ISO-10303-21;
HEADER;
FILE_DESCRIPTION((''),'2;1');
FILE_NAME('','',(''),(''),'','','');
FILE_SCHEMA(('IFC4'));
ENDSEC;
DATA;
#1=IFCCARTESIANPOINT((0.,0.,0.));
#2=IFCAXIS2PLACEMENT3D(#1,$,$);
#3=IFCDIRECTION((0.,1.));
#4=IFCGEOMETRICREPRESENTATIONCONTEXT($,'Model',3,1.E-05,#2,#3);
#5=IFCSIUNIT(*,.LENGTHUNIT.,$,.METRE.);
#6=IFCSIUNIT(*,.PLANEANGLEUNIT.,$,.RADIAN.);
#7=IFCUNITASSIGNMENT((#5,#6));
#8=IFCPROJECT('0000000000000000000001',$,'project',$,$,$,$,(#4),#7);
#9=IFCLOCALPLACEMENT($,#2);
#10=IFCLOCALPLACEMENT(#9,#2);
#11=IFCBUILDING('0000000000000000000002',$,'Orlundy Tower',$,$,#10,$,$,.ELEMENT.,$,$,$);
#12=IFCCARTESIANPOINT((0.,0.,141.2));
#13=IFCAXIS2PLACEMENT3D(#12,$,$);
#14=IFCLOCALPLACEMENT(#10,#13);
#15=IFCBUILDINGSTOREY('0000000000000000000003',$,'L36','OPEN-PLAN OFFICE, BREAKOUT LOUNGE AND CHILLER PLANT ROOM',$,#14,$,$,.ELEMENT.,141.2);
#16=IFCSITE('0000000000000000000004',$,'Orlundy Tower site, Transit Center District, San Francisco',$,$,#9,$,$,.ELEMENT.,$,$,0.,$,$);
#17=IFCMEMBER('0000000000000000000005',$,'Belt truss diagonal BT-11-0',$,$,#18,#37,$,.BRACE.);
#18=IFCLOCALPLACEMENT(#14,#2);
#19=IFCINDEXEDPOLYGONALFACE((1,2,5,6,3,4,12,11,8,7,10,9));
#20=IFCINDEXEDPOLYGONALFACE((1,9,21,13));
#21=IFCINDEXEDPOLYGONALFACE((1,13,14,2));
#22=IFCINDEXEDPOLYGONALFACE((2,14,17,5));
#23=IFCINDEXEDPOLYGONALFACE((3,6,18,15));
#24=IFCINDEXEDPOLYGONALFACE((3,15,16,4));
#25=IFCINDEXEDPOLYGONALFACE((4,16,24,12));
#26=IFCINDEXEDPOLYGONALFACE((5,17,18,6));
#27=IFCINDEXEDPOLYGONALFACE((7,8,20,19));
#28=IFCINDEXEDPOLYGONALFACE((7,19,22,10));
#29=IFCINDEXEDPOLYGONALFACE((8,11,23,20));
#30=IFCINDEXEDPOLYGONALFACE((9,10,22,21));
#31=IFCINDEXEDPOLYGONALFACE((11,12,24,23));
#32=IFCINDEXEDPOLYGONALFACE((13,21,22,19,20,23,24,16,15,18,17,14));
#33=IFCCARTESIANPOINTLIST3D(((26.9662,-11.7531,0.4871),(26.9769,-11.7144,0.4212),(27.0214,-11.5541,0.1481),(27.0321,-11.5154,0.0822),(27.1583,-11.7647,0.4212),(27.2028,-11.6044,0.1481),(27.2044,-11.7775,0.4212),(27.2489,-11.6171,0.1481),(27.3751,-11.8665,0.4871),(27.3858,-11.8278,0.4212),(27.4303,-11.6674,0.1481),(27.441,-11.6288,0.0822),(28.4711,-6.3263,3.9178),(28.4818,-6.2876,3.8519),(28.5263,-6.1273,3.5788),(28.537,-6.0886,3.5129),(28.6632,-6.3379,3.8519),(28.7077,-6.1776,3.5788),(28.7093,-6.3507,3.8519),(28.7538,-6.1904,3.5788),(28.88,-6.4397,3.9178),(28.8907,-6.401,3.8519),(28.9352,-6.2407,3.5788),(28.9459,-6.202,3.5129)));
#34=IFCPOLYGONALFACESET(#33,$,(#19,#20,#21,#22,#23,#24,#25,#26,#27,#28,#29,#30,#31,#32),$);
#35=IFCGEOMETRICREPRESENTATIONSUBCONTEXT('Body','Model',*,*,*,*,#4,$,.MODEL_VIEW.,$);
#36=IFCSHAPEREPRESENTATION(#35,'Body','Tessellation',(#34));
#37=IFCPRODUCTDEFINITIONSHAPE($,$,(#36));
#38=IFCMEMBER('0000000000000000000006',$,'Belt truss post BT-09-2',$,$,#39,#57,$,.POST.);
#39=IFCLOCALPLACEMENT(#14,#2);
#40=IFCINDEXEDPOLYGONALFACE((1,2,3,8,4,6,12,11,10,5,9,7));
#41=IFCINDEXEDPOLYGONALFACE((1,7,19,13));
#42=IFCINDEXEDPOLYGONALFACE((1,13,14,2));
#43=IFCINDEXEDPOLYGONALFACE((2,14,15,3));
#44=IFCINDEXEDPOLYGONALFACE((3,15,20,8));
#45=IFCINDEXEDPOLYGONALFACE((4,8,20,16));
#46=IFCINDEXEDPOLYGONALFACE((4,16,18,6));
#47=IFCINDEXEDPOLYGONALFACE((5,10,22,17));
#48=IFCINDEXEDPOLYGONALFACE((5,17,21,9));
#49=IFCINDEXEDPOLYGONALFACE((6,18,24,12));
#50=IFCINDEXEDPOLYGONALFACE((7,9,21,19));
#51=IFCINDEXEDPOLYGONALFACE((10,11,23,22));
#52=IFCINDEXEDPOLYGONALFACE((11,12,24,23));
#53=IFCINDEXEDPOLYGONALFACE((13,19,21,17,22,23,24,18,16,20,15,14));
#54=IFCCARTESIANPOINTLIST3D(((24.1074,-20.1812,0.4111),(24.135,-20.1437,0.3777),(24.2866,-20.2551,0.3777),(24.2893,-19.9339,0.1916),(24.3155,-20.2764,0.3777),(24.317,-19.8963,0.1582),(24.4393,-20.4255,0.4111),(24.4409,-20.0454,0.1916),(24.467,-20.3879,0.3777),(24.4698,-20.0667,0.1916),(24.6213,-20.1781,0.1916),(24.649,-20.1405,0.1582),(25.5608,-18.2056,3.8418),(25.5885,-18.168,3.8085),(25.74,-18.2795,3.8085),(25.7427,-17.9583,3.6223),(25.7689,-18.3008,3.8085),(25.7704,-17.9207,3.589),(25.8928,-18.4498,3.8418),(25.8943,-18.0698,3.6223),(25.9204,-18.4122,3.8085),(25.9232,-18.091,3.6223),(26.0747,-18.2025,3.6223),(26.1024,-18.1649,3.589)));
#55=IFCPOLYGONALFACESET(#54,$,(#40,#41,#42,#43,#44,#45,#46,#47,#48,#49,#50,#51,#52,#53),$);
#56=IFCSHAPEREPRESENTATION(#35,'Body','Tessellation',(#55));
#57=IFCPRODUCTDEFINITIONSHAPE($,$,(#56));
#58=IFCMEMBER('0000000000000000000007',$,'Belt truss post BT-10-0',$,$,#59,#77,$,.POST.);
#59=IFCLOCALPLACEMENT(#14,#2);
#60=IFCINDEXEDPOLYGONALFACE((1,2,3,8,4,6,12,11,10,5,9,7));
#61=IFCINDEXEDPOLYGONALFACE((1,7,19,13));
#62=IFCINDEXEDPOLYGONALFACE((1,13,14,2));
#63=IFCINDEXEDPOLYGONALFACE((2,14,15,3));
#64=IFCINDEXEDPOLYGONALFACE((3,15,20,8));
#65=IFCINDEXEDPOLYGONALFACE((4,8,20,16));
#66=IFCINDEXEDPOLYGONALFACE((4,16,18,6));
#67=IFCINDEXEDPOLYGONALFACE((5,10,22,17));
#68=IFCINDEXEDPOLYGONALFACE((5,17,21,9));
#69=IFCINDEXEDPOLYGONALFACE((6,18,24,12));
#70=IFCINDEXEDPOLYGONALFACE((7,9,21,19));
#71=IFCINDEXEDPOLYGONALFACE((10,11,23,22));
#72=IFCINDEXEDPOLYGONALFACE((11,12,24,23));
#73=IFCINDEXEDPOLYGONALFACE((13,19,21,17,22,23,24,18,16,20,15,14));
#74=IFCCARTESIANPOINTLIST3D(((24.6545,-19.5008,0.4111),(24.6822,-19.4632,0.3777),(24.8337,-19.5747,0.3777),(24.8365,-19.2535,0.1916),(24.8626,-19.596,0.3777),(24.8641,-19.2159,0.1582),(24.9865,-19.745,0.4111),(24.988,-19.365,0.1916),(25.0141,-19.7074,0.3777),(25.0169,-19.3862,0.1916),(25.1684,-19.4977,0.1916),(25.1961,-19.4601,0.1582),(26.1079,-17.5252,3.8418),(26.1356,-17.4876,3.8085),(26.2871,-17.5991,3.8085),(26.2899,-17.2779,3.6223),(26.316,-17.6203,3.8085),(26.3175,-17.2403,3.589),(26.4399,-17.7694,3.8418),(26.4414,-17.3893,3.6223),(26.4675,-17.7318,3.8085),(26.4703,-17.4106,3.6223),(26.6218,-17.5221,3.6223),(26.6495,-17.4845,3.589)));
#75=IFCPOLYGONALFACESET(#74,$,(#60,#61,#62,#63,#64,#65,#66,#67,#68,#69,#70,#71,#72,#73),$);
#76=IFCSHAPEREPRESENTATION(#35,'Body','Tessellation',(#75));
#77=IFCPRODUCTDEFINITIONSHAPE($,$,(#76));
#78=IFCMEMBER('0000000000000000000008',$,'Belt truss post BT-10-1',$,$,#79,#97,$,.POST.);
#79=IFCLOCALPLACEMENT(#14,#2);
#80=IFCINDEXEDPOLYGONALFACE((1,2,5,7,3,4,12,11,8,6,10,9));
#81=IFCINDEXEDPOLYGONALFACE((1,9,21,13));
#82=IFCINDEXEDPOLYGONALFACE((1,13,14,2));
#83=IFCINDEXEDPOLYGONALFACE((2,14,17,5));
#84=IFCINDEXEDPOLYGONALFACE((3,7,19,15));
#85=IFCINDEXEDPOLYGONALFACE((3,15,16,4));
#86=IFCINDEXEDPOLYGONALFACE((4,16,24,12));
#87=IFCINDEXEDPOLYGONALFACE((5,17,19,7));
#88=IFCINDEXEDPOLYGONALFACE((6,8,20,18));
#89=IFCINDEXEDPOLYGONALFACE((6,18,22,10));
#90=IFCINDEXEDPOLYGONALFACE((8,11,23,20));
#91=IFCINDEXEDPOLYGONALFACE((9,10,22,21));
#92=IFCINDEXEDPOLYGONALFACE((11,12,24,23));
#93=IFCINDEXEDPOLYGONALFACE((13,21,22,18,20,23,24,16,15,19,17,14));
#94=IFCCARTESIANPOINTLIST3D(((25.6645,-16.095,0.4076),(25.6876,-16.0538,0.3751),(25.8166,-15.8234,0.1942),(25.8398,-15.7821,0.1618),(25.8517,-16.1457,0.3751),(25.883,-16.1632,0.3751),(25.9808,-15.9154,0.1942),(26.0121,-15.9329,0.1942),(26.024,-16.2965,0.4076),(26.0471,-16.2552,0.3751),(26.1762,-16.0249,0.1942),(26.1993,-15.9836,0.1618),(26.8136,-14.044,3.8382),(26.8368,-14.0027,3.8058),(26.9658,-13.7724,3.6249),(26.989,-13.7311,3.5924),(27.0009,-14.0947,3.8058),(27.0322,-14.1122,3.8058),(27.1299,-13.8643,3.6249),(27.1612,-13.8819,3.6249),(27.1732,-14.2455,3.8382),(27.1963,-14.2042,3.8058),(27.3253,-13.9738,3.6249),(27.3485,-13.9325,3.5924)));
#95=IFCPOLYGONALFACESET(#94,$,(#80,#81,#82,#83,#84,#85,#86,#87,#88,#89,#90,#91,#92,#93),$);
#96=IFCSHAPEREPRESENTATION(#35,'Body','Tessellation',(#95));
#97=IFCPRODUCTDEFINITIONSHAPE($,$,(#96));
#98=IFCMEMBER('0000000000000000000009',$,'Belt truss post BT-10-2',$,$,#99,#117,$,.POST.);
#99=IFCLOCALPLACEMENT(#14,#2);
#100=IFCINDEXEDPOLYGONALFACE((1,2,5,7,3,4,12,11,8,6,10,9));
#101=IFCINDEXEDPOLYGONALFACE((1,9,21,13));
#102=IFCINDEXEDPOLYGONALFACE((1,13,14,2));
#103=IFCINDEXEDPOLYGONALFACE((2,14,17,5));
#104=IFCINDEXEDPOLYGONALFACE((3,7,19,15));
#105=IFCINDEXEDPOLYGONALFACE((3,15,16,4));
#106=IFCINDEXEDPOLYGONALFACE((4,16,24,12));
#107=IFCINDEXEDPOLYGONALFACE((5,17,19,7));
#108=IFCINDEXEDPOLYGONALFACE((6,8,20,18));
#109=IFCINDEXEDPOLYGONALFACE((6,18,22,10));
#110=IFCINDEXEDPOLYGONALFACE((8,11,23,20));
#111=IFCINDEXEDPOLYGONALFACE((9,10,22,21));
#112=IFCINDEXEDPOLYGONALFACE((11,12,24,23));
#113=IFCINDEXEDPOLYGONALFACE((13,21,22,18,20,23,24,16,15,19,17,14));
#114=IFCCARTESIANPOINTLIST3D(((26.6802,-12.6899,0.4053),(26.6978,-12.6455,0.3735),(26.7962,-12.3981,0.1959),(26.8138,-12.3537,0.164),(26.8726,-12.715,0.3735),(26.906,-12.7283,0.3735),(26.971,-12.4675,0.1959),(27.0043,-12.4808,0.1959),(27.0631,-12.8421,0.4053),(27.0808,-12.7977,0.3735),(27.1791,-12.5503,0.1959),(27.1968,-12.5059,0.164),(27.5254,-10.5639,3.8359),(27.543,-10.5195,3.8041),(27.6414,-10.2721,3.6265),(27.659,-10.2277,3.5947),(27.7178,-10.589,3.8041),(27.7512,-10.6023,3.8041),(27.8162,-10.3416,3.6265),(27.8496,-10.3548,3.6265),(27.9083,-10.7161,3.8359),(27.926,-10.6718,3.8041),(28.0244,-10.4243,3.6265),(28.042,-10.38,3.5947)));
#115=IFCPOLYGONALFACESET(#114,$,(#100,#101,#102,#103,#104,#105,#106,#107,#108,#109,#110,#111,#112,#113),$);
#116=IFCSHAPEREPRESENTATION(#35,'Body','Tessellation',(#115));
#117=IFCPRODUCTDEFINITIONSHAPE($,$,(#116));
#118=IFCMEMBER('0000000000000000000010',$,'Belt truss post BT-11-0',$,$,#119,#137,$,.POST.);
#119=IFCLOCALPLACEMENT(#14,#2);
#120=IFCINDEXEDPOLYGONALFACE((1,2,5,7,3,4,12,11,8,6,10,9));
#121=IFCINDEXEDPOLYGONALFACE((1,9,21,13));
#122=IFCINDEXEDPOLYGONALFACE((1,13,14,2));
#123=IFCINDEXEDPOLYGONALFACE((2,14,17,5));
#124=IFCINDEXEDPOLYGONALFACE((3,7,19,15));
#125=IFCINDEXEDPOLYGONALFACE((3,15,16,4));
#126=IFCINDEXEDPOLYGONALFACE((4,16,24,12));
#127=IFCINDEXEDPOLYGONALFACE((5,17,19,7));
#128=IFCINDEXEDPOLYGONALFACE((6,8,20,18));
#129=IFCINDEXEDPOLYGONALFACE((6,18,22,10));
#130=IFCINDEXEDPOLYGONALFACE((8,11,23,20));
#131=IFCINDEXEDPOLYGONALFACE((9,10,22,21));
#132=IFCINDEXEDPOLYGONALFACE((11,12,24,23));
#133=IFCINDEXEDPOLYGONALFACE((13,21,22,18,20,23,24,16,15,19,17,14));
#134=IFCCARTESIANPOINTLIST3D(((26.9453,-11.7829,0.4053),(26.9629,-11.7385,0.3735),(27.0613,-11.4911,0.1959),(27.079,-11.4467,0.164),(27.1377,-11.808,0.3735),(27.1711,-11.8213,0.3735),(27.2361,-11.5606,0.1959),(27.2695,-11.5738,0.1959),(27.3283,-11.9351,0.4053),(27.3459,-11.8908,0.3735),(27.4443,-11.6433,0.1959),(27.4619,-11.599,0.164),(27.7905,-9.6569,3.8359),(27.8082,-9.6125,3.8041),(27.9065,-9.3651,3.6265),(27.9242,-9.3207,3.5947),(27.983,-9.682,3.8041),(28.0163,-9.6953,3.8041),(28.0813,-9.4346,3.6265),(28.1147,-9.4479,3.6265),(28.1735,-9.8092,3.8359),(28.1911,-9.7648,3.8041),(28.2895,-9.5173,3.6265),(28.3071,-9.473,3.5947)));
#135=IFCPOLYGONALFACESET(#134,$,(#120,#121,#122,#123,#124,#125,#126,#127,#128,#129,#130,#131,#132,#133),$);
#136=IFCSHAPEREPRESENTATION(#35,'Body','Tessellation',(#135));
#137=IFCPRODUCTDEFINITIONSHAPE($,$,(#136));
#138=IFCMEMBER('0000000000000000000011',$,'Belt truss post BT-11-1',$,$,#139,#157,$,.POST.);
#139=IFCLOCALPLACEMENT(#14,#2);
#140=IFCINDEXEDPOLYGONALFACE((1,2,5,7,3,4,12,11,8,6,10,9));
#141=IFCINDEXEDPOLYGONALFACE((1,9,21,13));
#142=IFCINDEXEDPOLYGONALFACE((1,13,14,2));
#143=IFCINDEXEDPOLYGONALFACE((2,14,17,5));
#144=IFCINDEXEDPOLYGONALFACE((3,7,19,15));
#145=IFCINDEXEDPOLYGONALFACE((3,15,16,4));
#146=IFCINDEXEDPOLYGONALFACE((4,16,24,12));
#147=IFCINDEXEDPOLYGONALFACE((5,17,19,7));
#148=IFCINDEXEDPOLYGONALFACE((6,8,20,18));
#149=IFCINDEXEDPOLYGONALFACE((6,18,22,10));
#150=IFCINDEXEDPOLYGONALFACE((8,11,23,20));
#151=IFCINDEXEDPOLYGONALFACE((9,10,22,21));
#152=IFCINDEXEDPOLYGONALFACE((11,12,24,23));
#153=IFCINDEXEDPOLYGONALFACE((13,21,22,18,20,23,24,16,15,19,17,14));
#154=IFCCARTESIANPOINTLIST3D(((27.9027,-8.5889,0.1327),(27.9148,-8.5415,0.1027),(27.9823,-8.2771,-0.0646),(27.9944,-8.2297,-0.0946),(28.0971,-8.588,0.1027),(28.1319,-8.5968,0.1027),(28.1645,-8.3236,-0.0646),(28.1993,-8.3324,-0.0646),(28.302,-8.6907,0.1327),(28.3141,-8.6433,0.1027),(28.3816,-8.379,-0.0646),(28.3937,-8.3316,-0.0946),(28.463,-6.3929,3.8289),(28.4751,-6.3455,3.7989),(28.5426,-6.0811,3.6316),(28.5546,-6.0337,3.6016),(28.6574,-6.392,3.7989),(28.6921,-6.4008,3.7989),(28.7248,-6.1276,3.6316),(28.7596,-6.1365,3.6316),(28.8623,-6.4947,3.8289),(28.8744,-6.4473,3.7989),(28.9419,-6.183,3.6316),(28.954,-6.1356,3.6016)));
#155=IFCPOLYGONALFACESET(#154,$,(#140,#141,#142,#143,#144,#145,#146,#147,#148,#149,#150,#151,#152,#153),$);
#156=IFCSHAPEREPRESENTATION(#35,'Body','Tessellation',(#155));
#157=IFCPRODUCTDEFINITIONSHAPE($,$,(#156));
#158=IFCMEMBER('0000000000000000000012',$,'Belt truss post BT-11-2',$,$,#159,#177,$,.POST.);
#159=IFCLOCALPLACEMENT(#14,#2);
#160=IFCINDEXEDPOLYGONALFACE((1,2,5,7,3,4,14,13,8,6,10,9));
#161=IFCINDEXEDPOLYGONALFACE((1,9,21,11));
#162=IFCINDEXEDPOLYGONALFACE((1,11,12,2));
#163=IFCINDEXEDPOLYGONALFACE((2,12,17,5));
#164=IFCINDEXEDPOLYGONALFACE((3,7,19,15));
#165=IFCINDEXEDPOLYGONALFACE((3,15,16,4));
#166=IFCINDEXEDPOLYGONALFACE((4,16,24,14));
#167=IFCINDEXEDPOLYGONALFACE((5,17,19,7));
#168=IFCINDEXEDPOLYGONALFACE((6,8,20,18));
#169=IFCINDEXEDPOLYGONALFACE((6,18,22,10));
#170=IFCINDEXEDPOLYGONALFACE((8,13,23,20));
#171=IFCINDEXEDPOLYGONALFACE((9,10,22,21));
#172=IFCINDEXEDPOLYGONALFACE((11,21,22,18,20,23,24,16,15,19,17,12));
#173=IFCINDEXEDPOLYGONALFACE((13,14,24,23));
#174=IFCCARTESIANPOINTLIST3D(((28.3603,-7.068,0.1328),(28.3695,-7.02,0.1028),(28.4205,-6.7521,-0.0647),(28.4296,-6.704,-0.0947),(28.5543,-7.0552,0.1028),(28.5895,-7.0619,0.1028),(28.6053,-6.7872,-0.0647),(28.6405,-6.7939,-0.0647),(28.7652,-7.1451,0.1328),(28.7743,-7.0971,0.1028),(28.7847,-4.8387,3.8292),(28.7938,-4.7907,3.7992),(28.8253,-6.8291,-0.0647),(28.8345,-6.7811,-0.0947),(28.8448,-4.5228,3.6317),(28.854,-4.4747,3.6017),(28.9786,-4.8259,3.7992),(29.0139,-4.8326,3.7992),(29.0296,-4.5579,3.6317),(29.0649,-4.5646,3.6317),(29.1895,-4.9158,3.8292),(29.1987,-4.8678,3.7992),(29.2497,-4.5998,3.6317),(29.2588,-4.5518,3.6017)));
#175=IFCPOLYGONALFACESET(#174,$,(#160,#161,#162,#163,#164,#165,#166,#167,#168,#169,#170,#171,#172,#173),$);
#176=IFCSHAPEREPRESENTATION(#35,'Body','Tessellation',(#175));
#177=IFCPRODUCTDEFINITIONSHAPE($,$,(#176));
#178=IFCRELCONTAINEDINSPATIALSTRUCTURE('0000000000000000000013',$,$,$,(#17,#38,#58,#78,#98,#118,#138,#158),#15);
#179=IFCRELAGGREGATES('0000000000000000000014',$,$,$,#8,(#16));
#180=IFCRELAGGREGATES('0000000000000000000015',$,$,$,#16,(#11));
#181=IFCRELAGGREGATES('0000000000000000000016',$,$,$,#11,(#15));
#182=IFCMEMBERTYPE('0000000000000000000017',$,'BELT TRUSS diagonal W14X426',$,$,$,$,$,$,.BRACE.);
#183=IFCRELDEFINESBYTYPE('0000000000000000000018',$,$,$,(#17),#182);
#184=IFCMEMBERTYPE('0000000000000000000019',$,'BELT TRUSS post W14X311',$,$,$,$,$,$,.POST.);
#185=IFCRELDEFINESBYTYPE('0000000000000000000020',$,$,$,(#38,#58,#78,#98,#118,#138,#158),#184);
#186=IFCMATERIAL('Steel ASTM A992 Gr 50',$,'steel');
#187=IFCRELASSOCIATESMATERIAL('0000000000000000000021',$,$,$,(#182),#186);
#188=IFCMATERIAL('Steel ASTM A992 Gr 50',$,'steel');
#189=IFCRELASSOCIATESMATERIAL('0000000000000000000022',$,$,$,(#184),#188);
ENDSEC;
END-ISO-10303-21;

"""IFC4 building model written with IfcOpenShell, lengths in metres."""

from ifc_helpers import new_model, si_unit, direction, frame, origin, origin_2d, place, context, subcontext, project, spatial, i_section, extrude, material, material_profile, profile_set, type_object, element, save


model = new_model("IFC4")

# Units and contexts
model_context = context("Model", 3, precision=1e-05, world=origin(), true_north=direction((0.0, 1.0)))
body_context = subcontext(model_context, "Body", "Model", "MODEL_VIEW")
ifc_project = project(units=[si_unit("LENGTHUNIT", "METRE"), si_unit("PLANEANGLEUNIT", "RADIAN")], contexts=[model_context])

# Site, building, storey
site_placement = place(None, origin())
site = spatial("IfcSite", under=ifc_project, at=site_placement, Name="Orlundy Tower site, Transit Center District, San Francisco", CompositionType="ELEMENT", RefElevation=0.0)
building_placement = place(site_placement, origin())
building = spatial("IfcBuilding", under=site, at=building_placement, Name="Orlundy Tower", CompositionType="ELEMENT")
storey_placement = place(building_placement, frame((0.0, 0.0, 141.2)))
storey = spatial("IfcBuildingStorey", under=building, at=storey_placement, Name="L36", Description="OPEN-PLAN OFFICE, BREAKOUT LOUNGE AND CHILLER PLANT ROOM", CompositionType="ELEMENT", Elevation=141.2)

# Members
ifc_material_1 = material(Name="Steel ASTM A992 Gr 50", Category="steel")
ifc_material_profile_1 = material_profile(ifc_material_1, i_section(OverallWidth=0.4243, OverallDepth=0.4741, WebThickness=0.0479, FlangeThickness=0.0771, at=origin_2d()), Name="W14X426")
ifc_profile_set_1 = profile_set([ifc_material_profile_1], Name="Steel ASTM A992 Gr 50")
member_type_1 = type_object("IfcMemberType", Name="BELT TRUSS diagonal W14X426", PredefinedType="BRACE", material=ifc_profile_set_1)
member_1_placement = place(storey_placement, frame((27.2036, -11.6909, 0.2847), z_axis=(0.228212, 0.822956, 0.520253), x_axis=(-0.963635, 0.267223, 0.0)))
element("IfcMember", 1, at=member_1_placement, inside=storey, type_object=member_type_1, Name="Belt truss diagonal BT-11-0", PredefinedType="BRACE", context=body_context, shape_type="SweptSolid", body=[
    extrude(i_section(OverallWidth=0.4243, OverallDepth=0.4741, WebThickness=0.0479, FlangeThickness=0.0771, at=origin_2d()), origin(), (0.0, 0.0, 1.0), 6.5942),
])
ifc_material_2 = material(Name="Steel ASTM A992 Gr 50", Category="steel")
ifc_material_profile_2 = material_profile(ifc_material_2, i_section(OverallWidth=0.4121, OverallDepth=0.4348, WebThickness=0.0359, FlangeThickness=0.0574, at=origin_2d()), Name="W14X311")
ifc_profile_set_2 = profile_set([ifc_material_profile_2], Name="Steel ASTM A992 Gr 50")
member_type_2 = type_object("IfcMemberType", Name="BELT TRUSS post W14X311", PredefinedType="POST", material=ifc_profile_set_2)
for number, where, z_axis, x_axis, name in (
    (2, (24.3782, -20.1609, 0.2847), (0.34463, 0.46846, 0.813496), (-0.805508, 0.592584, 0.0), "Belt truss post BT-09-2"),
    (3, (24.9253, -19.4805, 0.2847), (0.34463, 0.46846, 0.813496), (-0.805508, 0.592584, 0.0), "Belt truss post BT-10-0"),
):
    element("IfcMember", number, at=place(storey_placement, frame(where, z_axis=z_axis, x_axis=x_axis)), inside=storey, type_object=member_type_2, Name=name, PredefinedType="POST", context=body_context, shape_type="SweptSolid", body=[
        extrude(i_section(OverallWidth=0.4121, OverallDepth=0.4348, WebThickness=0.0359, FlangeThickness=0.0574, at=origin_2d()), origin(), (0.0, 0.0, 1.0), 4.2173),
    ])
member_2_placement = place(storey_placement, frame((25.9319, -16.0393, 0.2847), z_axis=(0.276313, 0.493161, 0.82489), x_axis=(-0.872398, 0.488796, 0.0)))
element("IfcMember", 4, at=member_2_placement, inside=storey, type_object=member_type_2, Name="Belt truss post BT-10-1", PredefinedType="POST", context=body_context, shape_type="SweptSolid", body=[
    extrude(i_section(OverallWidth=0.4121, OverallDepth=0.4348, WebThickness=0.0359, FlangeThickness=0.0574, at=origin_2d()), origin(), (0.0, 0.0, 1.0), 4.1589),
])
for number, where, z_axis, x_axis, name in (
    (5, (26.9385, -12.5979, 0.2847), (0.204973, 0.51557, 0.83197), (-0.929255, 0.36944, 0.0), "Belt truss post BT-10-2"),
    (6, (27.2036, -11.6909, 0.2847), (0.204973, 0.51557, 0.83197), (-0.929255, 0.36944, 0.0), "Belt truss post BT-11-0"),
):
    element("IfcMember", number, at=place(storey_placement, frame(where, z_axis=z_axis, x_axis=x_axis)), inside=storey, type_object=member_type_2, Name=name, PredefinedType="POST", context=body_context, shape_type="SweptSolid", body=[
        extrude(i_section(OverallWidth=0.4121, OverallDepth=0.4348, WebThickness=0.0359, FlangeThickness=0.0574, at=origin_2d()), origin(), (0.0, 0.0, 1.0), 4.1235),
    ])
member_3_placement = place(storey_placement, frame((28.1482, -8.4602, 0.019), z_axis=(0.129227, 0.506492, 0.852506), x_axis=(-0.968959, 0.247222, 0.0)))
element("IfcMember", 7, at=member_3_placement, inside=storey, type_object=member_type_2, Name="Belt truss post BT-11-1", PredefinedType="POST", context=body_context, shape_type="SweptSolid", body=[
    extrude(i_section(OverallWidth=0.4121, OverallDepth=0.4348, WebThickness=0.0359, FlangeThickness=0.0574, at=origin_2d()), origin(), (0.0, 0.0, 1.0), 4.3357),
])
member_4_placement = place(storey_placement, frame((28.5974, -6.9246, 0.019), z_axis=(0.09783, 0.513972, 0.85221), x_axis=(-0.982363, 0.186984, 0.0)))
element("IfcMember", 8, at=member_4_placement, inside=storey, type_object=member_type_2, Name="Belt truss post BT-11-2", PredefinedType="POST", context=body_context, shape_type="SweptSolid", body=[
    extrude(i_section(OverallWidth=0.4121, OverallDepth=0.4348, WebThickness=0.0359, FlangeThickness=0.0574, at=origin_2d()), origin(), (0.0, 0.0, 1.0), 4.3374),
])

save(model, "model.ifc")
